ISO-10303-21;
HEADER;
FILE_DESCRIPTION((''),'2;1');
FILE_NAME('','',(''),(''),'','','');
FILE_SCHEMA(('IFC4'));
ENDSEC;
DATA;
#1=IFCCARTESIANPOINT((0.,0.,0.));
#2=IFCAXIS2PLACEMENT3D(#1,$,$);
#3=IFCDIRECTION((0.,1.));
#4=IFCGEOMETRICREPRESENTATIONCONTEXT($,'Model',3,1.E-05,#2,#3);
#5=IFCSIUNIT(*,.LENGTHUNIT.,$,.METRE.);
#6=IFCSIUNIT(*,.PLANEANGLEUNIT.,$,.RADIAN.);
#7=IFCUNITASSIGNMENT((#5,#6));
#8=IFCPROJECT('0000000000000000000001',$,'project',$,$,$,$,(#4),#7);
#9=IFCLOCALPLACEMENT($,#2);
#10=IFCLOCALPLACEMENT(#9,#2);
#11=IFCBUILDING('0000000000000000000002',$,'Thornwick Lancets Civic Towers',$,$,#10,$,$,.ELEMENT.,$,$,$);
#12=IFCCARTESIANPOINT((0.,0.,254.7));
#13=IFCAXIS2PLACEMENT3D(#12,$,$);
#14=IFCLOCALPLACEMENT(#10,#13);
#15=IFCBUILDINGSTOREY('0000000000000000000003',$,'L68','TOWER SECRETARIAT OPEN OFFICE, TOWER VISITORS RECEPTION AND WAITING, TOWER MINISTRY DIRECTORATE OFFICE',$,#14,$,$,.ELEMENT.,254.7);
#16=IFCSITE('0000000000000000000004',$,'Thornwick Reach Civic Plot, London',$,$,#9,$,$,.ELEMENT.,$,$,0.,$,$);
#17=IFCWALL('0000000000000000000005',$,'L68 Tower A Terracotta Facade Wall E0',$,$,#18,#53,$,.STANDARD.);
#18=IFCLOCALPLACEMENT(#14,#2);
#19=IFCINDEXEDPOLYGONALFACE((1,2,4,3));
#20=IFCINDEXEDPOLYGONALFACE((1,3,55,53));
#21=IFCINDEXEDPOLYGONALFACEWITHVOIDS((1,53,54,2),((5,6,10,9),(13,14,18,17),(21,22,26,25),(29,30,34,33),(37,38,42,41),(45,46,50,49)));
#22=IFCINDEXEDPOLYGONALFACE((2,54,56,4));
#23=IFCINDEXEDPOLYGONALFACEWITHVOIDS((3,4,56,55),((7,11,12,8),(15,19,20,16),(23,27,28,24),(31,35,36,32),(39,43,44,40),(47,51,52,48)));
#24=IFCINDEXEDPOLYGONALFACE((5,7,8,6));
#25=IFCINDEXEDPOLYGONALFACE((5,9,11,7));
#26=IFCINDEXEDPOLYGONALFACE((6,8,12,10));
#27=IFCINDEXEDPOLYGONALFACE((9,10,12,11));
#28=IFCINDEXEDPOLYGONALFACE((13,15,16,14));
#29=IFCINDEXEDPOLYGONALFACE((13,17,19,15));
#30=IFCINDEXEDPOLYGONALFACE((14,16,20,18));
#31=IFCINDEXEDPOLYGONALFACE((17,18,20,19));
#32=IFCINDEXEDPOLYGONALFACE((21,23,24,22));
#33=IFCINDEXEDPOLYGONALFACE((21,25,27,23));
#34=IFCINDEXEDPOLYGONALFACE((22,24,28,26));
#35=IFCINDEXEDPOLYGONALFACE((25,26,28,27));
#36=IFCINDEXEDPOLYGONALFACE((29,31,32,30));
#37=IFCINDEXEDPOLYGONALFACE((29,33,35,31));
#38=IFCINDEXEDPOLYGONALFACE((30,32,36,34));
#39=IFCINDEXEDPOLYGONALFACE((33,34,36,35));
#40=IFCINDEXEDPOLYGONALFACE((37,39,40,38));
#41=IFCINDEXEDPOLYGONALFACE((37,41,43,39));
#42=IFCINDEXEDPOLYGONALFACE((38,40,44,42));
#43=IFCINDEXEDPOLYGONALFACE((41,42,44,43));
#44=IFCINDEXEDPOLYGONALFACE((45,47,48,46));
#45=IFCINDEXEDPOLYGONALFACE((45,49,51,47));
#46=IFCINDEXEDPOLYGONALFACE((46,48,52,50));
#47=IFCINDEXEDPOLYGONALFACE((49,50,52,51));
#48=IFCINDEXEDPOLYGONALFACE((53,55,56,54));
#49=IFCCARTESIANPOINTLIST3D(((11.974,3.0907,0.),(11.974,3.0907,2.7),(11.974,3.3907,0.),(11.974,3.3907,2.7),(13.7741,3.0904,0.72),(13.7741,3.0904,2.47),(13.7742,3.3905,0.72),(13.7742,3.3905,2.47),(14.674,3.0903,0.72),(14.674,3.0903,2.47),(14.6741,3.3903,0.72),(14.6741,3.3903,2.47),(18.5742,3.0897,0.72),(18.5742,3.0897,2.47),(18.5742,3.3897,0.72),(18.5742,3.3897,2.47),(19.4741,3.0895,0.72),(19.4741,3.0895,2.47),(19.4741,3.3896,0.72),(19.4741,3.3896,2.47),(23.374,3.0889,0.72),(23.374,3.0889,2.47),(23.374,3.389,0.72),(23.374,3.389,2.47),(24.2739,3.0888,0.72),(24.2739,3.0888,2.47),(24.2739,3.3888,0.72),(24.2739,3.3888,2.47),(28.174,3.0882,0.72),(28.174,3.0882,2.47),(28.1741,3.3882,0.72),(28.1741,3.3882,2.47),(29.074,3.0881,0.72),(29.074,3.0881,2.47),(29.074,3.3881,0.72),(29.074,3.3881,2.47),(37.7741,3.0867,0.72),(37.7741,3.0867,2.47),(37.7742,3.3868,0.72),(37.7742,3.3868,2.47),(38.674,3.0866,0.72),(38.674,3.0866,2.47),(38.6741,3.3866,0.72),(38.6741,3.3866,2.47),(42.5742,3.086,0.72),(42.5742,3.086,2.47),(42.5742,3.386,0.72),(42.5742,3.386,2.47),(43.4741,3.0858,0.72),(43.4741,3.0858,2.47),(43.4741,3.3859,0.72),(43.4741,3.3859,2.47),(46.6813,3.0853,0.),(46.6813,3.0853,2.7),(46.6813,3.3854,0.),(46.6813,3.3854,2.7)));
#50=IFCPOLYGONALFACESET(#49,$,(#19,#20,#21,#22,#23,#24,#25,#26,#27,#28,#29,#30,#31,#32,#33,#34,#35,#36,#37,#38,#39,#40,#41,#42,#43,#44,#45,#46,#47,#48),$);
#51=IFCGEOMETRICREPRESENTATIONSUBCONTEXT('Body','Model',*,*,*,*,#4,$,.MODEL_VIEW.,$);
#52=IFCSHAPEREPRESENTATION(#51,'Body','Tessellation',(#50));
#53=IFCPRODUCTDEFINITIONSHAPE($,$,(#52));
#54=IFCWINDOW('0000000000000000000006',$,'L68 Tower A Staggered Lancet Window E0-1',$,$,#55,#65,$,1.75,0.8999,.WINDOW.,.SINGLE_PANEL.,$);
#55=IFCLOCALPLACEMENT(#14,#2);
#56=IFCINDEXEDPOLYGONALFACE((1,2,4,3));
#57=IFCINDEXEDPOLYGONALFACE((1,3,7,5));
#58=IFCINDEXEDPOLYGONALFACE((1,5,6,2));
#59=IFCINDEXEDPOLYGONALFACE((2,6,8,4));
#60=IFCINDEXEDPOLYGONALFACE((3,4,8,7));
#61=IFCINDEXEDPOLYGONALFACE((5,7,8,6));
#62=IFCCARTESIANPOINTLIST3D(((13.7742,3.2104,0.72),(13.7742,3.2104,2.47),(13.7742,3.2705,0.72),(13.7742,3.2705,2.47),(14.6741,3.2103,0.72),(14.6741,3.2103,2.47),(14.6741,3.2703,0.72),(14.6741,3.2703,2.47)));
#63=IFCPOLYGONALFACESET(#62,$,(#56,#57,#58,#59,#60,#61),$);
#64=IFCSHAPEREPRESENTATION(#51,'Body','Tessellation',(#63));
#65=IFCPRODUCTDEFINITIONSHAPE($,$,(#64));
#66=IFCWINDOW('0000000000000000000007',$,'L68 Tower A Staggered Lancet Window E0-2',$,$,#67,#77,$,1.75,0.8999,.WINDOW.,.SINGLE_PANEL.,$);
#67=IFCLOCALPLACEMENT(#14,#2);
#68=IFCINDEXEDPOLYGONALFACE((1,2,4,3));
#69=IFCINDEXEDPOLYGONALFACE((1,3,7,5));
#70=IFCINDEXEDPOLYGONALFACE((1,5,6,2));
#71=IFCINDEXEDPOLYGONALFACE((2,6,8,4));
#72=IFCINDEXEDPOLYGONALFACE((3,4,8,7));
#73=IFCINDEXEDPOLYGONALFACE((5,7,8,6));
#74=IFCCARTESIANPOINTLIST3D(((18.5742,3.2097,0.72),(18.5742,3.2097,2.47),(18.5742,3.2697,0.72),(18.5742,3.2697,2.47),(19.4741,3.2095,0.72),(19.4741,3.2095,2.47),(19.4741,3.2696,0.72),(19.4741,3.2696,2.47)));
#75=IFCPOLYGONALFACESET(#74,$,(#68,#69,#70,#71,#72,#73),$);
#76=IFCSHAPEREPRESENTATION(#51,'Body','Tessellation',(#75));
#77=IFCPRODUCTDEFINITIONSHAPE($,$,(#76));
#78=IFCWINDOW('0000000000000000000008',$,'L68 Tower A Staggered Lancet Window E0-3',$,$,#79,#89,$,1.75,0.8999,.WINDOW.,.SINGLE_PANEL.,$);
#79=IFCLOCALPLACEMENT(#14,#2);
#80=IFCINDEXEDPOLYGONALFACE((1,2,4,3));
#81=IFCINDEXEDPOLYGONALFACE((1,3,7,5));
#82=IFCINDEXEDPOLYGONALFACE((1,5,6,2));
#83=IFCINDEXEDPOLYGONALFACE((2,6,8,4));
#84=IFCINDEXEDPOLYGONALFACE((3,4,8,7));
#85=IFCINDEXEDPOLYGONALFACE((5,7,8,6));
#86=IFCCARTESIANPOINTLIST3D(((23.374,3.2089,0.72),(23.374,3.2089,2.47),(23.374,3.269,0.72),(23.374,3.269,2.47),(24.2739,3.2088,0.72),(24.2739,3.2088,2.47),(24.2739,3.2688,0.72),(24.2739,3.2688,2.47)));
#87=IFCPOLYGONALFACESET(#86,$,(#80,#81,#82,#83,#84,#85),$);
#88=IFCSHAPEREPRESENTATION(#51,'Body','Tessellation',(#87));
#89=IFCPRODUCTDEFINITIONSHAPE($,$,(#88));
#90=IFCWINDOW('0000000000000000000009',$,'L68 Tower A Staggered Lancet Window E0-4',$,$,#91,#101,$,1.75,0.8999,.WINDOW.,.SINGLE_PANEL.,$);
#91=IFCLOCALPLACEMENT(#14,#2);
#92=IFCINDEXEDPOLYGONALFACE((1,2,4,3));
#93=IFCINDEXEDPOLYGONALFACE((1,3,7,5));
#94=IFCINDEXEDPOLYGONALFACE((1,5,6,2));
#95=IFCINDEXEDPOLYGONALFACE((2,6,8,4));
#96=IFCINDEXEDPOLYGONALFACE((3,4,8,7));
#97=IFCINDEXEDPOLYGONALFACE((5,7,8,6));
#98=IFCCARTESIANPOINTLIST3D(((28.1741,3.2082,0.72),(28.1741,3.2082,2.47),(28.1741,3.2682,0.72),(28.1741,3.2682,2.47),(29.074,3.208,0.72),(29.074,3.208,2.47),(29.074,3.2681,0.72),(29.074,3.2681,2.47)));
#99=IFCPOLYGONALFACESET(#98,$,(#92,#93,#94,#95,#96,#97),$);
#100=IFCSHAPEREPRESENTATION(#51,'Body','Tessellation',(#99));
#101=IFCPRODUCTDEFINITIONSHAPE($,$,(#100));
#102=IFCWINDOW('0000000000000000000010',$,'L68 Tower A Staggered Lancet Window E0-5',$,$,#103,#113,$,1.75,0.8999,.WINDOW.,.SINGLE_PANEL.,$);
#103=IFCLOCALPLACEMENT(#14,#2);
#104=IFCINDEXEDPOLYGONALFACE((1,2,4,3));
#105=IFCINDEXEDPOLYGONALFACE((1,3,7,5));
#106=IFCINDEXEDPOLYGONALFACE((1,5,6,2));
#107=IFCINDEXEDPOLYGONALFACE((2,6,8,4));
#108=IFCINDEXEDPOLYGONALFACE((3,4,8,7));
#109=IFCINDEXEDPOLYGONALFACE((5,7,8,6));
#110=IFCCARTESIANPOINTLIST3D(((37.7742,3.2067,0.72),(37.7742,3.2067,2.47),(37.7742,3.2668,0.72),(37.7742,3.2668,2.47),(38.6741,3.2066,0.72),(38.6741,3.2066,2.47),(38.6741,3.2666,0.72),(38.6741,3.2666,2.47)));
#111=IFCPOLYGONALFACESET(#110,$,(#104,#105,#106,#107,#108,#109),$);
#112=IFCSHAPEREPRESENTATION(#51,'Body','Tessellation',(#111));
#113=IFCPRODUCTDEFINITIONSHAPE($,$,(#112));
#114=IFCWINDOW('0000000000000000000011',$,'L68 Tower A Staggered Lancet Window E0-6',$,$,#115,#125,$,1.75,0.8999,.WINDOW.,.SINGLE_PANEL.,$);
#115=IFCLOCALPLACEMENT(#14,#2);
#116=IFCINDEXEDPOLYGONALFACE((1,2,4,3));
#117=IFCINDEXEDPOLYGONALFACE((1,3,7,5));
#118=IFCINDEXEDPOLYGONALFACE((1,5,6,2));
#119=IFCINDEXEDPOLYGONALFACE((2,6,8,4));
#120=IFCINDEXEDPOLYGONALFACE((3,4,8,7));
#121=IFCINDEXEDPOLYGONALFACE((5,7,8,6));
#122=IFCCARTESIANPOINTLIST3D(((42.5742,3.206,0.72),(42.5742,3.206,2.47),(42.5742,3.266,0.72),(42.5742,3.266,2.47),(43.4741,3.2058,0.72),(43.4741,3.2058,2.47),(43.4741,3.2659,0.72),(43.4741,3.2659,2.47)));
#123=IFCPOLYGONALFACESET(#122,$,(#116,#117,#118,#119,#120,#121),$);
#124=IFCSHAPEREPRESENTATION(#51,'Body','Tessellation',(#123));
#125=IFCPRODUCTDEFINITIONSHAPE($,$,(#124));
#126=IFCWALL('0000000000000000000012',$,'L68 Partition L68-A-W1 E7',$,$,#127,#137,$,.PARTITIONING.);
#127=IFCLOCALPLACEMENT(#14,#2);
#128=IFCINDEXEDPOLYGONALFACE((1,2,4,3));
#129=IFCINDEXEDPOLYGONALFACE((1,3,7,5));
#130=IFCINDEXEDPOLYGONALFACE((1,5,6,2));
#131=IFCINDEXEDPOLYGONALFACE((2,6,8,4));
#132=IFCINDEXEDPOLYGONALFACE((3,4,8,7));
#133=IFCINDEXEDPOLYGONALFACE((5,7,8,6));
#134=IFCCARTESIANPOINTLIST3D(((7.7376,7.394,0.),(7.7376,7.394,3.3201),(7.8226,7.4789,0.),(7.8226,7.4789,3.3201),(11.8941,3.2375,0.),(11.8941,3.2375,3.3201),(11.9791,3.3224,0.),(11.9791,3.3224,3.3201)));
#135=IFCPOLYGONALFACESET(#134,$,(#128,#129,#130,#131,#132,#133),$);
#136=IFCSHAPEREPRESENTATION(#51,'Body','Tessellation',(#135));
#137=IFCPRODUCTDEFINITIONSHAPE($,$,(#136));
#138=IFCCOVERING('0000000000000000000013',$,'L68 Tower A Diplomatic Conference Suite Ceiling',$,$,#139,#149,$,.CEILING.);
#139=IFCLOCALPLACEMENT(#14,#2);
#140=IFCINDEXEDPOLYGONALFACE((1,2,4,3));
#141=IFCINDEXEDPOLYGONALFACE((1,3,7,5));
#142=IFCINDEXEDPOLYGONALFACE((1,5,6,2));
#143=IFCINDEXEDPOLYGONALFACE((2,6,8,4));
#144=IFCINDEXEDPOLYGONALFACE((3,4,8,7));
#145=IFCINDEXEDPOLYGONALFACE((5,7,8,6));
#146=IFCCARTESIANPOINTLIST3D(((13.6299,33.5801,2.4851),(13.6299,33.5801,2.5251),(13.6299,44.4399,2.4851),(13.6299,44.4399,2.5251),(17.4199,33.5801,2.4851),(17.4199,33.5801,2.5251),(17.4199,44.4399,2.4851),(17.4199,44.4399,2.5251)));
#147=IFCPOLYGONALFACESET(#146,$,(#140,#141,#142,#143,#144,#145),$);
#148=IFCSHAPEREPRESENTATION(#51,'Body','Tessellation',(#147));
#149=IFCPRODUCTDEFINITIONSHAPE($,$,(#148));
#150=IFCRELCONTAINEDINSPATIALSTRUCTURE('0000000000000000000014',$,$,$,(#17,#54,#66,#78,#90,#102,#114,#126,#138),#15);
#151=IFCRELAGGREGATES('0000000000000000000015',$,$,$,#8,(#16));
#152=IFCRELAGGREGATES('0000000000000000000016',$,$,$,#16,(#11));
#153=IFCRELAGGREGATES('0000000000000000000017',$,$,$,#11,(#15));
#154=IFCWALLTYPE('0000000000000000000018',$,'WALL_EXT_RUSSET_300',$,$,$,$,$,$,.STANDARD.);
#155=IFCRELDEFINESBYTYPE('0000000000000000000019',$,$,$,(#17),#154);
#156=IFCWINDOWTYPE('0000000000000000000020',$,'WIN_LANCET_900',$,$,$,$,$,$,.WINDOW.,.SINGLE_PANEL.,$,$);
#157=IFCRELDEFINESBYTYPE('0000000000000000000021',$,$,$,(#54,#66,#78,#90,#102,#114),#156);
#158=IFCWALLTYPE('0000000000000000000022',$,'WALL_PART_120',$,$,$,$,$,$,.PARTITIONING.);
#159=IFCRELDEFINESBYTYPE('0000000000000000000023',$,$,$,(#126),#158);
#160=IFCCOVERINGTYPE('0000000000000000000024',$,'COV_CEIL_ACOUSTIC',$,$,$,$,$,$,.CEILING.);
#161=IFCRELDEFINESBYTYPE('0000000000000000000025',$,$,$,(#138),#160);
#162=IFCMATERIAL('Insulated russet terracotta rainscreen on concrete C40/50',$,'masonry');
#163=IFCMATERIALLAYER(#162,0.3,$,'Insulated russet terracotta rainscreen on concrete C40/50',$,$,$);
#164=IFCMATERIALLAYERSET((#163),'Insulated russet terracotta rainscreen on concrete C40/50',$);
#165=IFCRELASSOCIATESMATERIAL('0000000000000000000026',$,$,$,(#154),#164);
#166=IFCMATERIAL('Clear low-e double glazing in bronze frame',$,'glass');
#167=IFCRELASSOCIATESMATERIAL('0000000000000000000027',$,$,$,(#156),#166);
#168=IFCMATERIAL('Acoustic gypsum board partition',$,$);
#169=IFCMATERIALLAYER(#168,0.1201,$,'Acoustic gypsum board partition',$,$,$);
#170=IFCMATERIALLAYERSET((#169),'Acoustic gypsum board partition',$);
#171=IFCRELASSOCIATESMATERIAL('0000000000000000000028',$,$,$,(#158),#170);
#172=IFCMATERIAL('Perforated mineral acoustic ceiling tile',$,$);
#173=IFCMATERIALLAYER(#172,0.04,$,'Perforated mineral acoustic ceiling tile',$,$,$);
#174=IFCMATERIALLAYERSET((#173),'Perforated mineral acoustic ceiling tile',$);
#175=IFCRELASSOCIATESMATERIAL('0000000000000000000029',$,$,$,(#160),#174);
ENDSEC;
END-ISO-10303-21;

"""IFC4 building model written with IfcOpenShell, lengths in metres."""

from ifc_helpers import new_model, si_unit, direction, frame, frame_2d, origin, place, context, subcontext, project, spatial, polyline, rectangle, outline, extrude, material, layer, layer_set, type_object, element, fill, save


model = new_model("IFC4")

# Units and contexts
model_context = context("Model", 3, precision=1e-05, world=origin(), true_north=direction((0.0, 1.0)))
body_context = subcontext(model_context, "Body", "Model", "MODEL_VIEW")
ifc_project = project(units=[si_unit("LENGTHUNIT", "METRE"), si_unit("PLANEANGLEUNIT", "RADIAN")], contexts=[model_context])

# Site, building, storey
site_placement = place(None, origin())
site = spatial("IfcSite", under=ifc_project, at=site_placement, Name="Thornwick Reach Civic Plot, London", CompositionType="ELEMENT", RefElevation=0.0)
building_placement = place(site_placement, origin())
building = spatial("IfcBuilding", under=site, at=building_placement, Name="Thornwick Lancets Civic Towers", CompositionType="ELEMENT")
storey_placement = place(building_placement, frame((0.0, 0.0, 254.7)))
storey = spatial("IfcBuildingStorey", under=building, at=storey_placement, Name="L68", Description="TOWER SECRETARIAT OPEN OFFICE, TOWER VISITORS RECEPTION AND WAITING, TOWER MINISTRY DIRECTORATE OFFICE", CompositionType="ELEMENT", Elevation=254.7)

# Wall, openings, windows
ifc_material_1 = material(Name="Insulated russet terracotta rainscreen on concrete C40/50", Category="masonry")
ifc_layer_1 = layer(ifc_material_1, 0.3, Name="Insulated russet terracotta rainscreen on concrete C40/50")
ifc_layer_set_1 = layer_set([ifc_layer_1], Name="Insulated russet terracotta rainscreen on concrete C40/50")
wall_type_1 = type_object("IfcWallType", Name="WALL_EXT_RUSSET_300", PredefinedType="STANDARD", material=ifc_layer_set_1)
wall_1_placement = place(storey_placement, frame((11.9741, 3.2407, 0.0), z_axis=(0.0, 0.0, 1.0), x_axis=(1.0, -0.000155, 0.0)))
wall_1 = element("IfcWall", 1, at=wall_1_placement, inside=storey, type_object=wall_type_1, Name="L68 Tower A Terracotta Facade Wall E0", PredefinedType="STANDARD", context=body_context, shape_type="SweptSolid", body=[
    extrude(rectangle(XDim=34.7073, YDim=0.3, at=frame_2d((17.3535, 0.0))), origin(), (0.0, 0.0, 1.0), 2.7),
])
opening_1_placement = place(wall_1_placement, frame((1.8, 0.0, 0.72)))
opening_1 = element("IfcOpeningElement", 2, at=opening_1_placement, cuts=wall_1, PredefinedType="OPENING", context=body_context, shape_type="SweptSolid", body=[
    extrude(rectangle(XDim=0.8999, YDim=1.75, at=frame_2d((0.45, 0.875))), frame((0.0, 0.1602, 0.0), z_axis=(0.0, -1.0, 0.0), x_axis=(1.0, 0.0, 0.0)), (0.0, 0.0, 1.0), 0.3201),
])
opening_2_placement = place(wall_1_placement, frame((6.6001, 0.0, 0.72)))
opening_2 = element("IfcOpeningElement", 3, at=opening_2_placement, cuts=wall_1, PredefinedType="OPENING", context=body_context, shape_type="SweptSolid", body=[
    extrude(rectangle(XDim=0.8999, YDim=1.75, at=frame_2d((0.45, 0.875))), frame((0.0, 0.1602, 0.0), z_axis=(0.0, -1.0, 0.0), x_axis=(1.0, 0.0, 0.0)), (0.0, 0.0, 1.0), 0.3201),
])
opening_3_placement = place(wall_1_placement, frame((11.3999, 0.0, 0.72)))
opening_3 = element("IfcOpeningElement", 4, at=opening_3_placement, cuts=wall_1, PredefinedType="OPENING", context=body_context, shape_type="SweptSolid", body=[
    extrude(rectangle(XDim=0.8999, YDim=1.75, at=frame_2d((0.45, 0.875))), frame((0.0, 0.1602, 0.0), z_axis=(0.0, -1.0, 0.0), x_axis=(1.0, 0.0, 0.0)), (0.0, 0.0, 1.0), 0.3201),
])
opening_4_placement = place(wall_1_placement, frame((16.2, 0.0, 0.72)))
opening_4 = element("IfcOpeningElement", 5, at=opening_4_placement, cuts=wall_1, PredefinedType="OPENING", context=body_context, shape_type="SweptSolid", body=[
    extrude(rectangle(XDim=0.8999, YDim=1.75, at=frame_2d((0.45, 0.875))), frame((0.0, 0.1602, 0.0), z_axis=(0.0, -1.0, 0.0), x_axis=(1.0, 0.0, 0.0)), (0.0, 0.0, 1.0), 0.3201),
])
opening_5_placement = place(wall_1_placement, frame((25.8, 0.0, 0.72)))
opening_5 = element("IfcOpeningElement", 6, at=opening_5_placement, cuts=wall_1, PredefinedType="OPENING", context=body_context, shape_type="SweptSolid", body=[
    extrude(rectangle(XDim=0.8999, YDim=1.75, at=frame_2d((0.45, 0.875))), frame((0.0, 0.1602, 0.0), z_axis=(0.0, -1.0, 0.0), x_axis=(1.0, 0.0, 0.0)), (0.0, 0.0, 1.0), 0.3201),
])
opening_6_placement = place(wall_1_placement, frame((30.6001, 0.0, 0.72)))
opening_6 = element("IfcOpeningElement", 7, at=opening_6_placement, cuts=wall_1, PredefinedType="OPENING", context=body_context, shape_type="SweptSolid", body=[
    extrude(rectangle(XDim=0.8999, YDim=1.75, at=frame_2d((0.45, 0.875))), frame((0.0, 0.1602, 0.0), z_axis=(0.0, -1.0, 0.0), x_axis=(1.0, 0.0, 0.0)), (0.0, 0.0, 1.0), 0.3201),
])
ifc_material_2 = material(Name="Clear low-e double glazing in bronze frame", Category="glass")
window_type = type_object("IfcWindowType", Name="WIN_LANCET_900", PartitioningType="SINGLE_PANEL", PredefinedType="WINDOW", material=ifc_material_2)
window_1_placement = place(opening_1_placement, origin())
window_1 = element("IfcWindow", 8, at=window_1_placement, inside=storey, type_object=window_type, Name="L68 Tower A Staggered Lancet Window E0-1", OverallHeight=1.75, OverallWidth=0.8999, PartitioningType="SINGLE_PANEL", PredefinedType="WINDOW", context=body_context, shape_type="SweptSolid", body=[
    extrude(rectangle(XDim=0.8999, YDim=1.75, at=frame_2d((0.45, 0.875))), frame((0.0, 0.03, 0.0), z_axis=(0.0, -1.0, 0.0), x_axis=(1.0, 0.0, 0.0)), (0.0, 0.0, 1.0), 0.0601),
])
fill(opening_1, window_1)
window_2_placement = place(opening_2_placement, origin())
window_2 = element("IfcWindow", 9, at=window_2_placement, inside=storey, type_object=window_type, Name="L68 Tower A Staggered Lancet Window E0-2", OverallHeight=1.75, OverallWidth=0.8999, PartitioningType="SINGLE_PANEL", PredefinedType="WINDOW", context=body_context, shape_type="SweptSolid", body=[
    extrude(rectangle(XDim=0.8999, YDim=1.75, at=frame_2d((0.45, 0.875))), frame((0.0, 0.03, 0.0), z_axis=(0.0, -1.0, 0.0), x_axis=(1.0, 0.0, 0.0)), (0.0, 0.0, 1.0), 0.0601),
])
fill(opening_2, window_2)
window_3_placement = place(opening_3_placement, origin())
window_3 = element("IfcWindow", 10, at=window_3_placement, inside=storey, type_object=window_type, Name="L68 Tower A Staggered Lancet Window E0-3", OverallHeight=1.75, OverallWidth=0.8999, PartitioningType="SINGLE_PANEL", PredefinedType="WINDOW", context=body_context, shape_type="SweptSolid", body=[
    extrude(rectangle(XDim=0.8999, YDim=1.75, at=frame_2d((0.45, 0.875))), frame((0.0, 0.03, 0.0), z_axis=(0.0, -1.0, 0.0), x_axis=(1.0, 0.0, 0.0)), (0.0, 0.0, 1.0), 0.0601),
])
fill(opening_3, window_3)
window_4_placement = place(opening_4_placement, origin())
window_4 = element("IfcWindow", 11, at=window_4_placement, inside=storey, type_object=window_type, Name="L68 Tower A Staggered Lancet Window E0-4", OverallHeight=1.75, OverallWidth=0.8999, PartitioningType="SINGLE_PANEL", PredefinedType="WINDOW", context=body_context, shape_type="SweptSolid", body=[
    extrude(rectangle(XDim=0.8999, YDim=1.75, at=frame_2d((0.45, 0.875))), frame((0.0, 0.03, 0.0), z_axis=(0.0, -1.0, 0.0), x_axis=(1.0, 0.0, 0.0)), (0.0, 0.0, 1.0), 0.0601),
])
fill(opening_4, window_4)
window_5_placement = place(opening_5_placement, origin())
window_5 = element("IfcWindow", 12, at=window_5_placement, inside=storey, type_object=window_type, Name="L68 Tower A Staggered Lancet Window E0-5", OverallHeight=1.75, OverallWidth=0.8999, PartitioningType="SINGLE_PANEL", PredefinedType="WINDOW", context=body_context, shape_type="SweptSolid", body=[
    extrude(rectangle(XDim=0.8999, YDim=1.75, at=frame_2d((0.45, 0.875))), frame((0.0, 0.03, 0.0), z_axis=(0.0, -1.0, 0.0), x_axis=(1.0, 0.0, 0.0)), (0.0, 0.0, 1.0), 0.0601),
])
fill(opening_5, window_5)
window_6_placement = place(opening_6_placement, origin())
window_6 = element("IfcWindow", 13, at=window_6_placement, inside=storey, type_object=window_type, Name="L68 Tower A Staggered Lancet Window E0-6", OverallHeight=1.75, OverallWidth=0.8999, PartitioningType="SINGLE_PANEL", PredefinedType="WINDOW", context=body_context, shape_type="SweptSolid", body=[
    extrude(rectangle(XDim=0.8999, YDim=1.75, at=frame_2d((0.45, 0.875))), frame((0.0, 0.03, 0.0), z_axis=(0.0, -1.0, 0.0), x_axis=(1.0, 0.0, 0.0)), (0.0, 0.0, 1.0), 0.0601),
])
fill(opening_6, window_6)

# Wall
ifc_material_3 = material(Name="Acoustic gypsum board partition")
ifc_layer_2 = layer(ifc_material_3, 0.1201, Name="Acoustic gypsum board partition")
ifc_layer_set_2 = layer_set([ifc_layer_2], Name="Acoustic gypsum board partition")
wall_type_2 = type_object("IfcWallType", Name="WALL_PART_120", PredefinedType="PARTITIONING", material=ifc_layer_set_2)
wall_2_placement = place(storey_placement, frame((11.9365, 3.28, 0.0), z_axis=(0.0, 0.0, 1.0), x_axis=(-0.707107, 0.707107, 0.0)))
element("IfcWall", 14, at=wall_2_placement, inside=storey, type_object=wall_type_2, Name="L68 Partition L68-A-W1 E7", PredefinedType="PARTITIONING", context=body_context, shape_type="SweptSolid", body=[
    extrude(rectangle(XDim=5.8782, YDim=0.1201, at=frame_2d((2.939, 0.0))), origin(), (0.0, 0.0, 1.0), 3.3201),
])

# Covering
ifc_material_4 = material(Name="Perforated mineral acoustic ceiling tile")
ifc_layer_3 = layer(ifc_material_4, 0.04, Name="Perforated mineral acoustic ceiling tile")
ifc_layer_set_3 = layer_set([ifc_layer_3], Name="Perforated mineral acoustic ceiling tile")
covering_type_1 = type_object("IfcCoveringType", Name="COV_CEIL_ACOUSTIC", PredefinedType="CEILING", material=ifc_layer_set_3)
covering_1_placement = place(storey_placement, frame((0.0, 0.0, 2.4851)))
element("IfcCovering", 15, at=covering_1_placement, inside=storey, type_object=covering_type_1, Name="L68 Tower A Diplomatic Conference Suite Ceiling", PredefinedType="CEILING", context=body_context, shape_type="SweptSolid", body=[
    extrude(outline(polyline([(13.6299, 33.5801), (13.6299, 44.4399), (17.4199, 44.4399), (17.4199, 33.5801), (13.6299, 33.5801)])), origin(), (0.0, 0.0, 1.0), 0.04),
])

save(model, "model.ifc")
